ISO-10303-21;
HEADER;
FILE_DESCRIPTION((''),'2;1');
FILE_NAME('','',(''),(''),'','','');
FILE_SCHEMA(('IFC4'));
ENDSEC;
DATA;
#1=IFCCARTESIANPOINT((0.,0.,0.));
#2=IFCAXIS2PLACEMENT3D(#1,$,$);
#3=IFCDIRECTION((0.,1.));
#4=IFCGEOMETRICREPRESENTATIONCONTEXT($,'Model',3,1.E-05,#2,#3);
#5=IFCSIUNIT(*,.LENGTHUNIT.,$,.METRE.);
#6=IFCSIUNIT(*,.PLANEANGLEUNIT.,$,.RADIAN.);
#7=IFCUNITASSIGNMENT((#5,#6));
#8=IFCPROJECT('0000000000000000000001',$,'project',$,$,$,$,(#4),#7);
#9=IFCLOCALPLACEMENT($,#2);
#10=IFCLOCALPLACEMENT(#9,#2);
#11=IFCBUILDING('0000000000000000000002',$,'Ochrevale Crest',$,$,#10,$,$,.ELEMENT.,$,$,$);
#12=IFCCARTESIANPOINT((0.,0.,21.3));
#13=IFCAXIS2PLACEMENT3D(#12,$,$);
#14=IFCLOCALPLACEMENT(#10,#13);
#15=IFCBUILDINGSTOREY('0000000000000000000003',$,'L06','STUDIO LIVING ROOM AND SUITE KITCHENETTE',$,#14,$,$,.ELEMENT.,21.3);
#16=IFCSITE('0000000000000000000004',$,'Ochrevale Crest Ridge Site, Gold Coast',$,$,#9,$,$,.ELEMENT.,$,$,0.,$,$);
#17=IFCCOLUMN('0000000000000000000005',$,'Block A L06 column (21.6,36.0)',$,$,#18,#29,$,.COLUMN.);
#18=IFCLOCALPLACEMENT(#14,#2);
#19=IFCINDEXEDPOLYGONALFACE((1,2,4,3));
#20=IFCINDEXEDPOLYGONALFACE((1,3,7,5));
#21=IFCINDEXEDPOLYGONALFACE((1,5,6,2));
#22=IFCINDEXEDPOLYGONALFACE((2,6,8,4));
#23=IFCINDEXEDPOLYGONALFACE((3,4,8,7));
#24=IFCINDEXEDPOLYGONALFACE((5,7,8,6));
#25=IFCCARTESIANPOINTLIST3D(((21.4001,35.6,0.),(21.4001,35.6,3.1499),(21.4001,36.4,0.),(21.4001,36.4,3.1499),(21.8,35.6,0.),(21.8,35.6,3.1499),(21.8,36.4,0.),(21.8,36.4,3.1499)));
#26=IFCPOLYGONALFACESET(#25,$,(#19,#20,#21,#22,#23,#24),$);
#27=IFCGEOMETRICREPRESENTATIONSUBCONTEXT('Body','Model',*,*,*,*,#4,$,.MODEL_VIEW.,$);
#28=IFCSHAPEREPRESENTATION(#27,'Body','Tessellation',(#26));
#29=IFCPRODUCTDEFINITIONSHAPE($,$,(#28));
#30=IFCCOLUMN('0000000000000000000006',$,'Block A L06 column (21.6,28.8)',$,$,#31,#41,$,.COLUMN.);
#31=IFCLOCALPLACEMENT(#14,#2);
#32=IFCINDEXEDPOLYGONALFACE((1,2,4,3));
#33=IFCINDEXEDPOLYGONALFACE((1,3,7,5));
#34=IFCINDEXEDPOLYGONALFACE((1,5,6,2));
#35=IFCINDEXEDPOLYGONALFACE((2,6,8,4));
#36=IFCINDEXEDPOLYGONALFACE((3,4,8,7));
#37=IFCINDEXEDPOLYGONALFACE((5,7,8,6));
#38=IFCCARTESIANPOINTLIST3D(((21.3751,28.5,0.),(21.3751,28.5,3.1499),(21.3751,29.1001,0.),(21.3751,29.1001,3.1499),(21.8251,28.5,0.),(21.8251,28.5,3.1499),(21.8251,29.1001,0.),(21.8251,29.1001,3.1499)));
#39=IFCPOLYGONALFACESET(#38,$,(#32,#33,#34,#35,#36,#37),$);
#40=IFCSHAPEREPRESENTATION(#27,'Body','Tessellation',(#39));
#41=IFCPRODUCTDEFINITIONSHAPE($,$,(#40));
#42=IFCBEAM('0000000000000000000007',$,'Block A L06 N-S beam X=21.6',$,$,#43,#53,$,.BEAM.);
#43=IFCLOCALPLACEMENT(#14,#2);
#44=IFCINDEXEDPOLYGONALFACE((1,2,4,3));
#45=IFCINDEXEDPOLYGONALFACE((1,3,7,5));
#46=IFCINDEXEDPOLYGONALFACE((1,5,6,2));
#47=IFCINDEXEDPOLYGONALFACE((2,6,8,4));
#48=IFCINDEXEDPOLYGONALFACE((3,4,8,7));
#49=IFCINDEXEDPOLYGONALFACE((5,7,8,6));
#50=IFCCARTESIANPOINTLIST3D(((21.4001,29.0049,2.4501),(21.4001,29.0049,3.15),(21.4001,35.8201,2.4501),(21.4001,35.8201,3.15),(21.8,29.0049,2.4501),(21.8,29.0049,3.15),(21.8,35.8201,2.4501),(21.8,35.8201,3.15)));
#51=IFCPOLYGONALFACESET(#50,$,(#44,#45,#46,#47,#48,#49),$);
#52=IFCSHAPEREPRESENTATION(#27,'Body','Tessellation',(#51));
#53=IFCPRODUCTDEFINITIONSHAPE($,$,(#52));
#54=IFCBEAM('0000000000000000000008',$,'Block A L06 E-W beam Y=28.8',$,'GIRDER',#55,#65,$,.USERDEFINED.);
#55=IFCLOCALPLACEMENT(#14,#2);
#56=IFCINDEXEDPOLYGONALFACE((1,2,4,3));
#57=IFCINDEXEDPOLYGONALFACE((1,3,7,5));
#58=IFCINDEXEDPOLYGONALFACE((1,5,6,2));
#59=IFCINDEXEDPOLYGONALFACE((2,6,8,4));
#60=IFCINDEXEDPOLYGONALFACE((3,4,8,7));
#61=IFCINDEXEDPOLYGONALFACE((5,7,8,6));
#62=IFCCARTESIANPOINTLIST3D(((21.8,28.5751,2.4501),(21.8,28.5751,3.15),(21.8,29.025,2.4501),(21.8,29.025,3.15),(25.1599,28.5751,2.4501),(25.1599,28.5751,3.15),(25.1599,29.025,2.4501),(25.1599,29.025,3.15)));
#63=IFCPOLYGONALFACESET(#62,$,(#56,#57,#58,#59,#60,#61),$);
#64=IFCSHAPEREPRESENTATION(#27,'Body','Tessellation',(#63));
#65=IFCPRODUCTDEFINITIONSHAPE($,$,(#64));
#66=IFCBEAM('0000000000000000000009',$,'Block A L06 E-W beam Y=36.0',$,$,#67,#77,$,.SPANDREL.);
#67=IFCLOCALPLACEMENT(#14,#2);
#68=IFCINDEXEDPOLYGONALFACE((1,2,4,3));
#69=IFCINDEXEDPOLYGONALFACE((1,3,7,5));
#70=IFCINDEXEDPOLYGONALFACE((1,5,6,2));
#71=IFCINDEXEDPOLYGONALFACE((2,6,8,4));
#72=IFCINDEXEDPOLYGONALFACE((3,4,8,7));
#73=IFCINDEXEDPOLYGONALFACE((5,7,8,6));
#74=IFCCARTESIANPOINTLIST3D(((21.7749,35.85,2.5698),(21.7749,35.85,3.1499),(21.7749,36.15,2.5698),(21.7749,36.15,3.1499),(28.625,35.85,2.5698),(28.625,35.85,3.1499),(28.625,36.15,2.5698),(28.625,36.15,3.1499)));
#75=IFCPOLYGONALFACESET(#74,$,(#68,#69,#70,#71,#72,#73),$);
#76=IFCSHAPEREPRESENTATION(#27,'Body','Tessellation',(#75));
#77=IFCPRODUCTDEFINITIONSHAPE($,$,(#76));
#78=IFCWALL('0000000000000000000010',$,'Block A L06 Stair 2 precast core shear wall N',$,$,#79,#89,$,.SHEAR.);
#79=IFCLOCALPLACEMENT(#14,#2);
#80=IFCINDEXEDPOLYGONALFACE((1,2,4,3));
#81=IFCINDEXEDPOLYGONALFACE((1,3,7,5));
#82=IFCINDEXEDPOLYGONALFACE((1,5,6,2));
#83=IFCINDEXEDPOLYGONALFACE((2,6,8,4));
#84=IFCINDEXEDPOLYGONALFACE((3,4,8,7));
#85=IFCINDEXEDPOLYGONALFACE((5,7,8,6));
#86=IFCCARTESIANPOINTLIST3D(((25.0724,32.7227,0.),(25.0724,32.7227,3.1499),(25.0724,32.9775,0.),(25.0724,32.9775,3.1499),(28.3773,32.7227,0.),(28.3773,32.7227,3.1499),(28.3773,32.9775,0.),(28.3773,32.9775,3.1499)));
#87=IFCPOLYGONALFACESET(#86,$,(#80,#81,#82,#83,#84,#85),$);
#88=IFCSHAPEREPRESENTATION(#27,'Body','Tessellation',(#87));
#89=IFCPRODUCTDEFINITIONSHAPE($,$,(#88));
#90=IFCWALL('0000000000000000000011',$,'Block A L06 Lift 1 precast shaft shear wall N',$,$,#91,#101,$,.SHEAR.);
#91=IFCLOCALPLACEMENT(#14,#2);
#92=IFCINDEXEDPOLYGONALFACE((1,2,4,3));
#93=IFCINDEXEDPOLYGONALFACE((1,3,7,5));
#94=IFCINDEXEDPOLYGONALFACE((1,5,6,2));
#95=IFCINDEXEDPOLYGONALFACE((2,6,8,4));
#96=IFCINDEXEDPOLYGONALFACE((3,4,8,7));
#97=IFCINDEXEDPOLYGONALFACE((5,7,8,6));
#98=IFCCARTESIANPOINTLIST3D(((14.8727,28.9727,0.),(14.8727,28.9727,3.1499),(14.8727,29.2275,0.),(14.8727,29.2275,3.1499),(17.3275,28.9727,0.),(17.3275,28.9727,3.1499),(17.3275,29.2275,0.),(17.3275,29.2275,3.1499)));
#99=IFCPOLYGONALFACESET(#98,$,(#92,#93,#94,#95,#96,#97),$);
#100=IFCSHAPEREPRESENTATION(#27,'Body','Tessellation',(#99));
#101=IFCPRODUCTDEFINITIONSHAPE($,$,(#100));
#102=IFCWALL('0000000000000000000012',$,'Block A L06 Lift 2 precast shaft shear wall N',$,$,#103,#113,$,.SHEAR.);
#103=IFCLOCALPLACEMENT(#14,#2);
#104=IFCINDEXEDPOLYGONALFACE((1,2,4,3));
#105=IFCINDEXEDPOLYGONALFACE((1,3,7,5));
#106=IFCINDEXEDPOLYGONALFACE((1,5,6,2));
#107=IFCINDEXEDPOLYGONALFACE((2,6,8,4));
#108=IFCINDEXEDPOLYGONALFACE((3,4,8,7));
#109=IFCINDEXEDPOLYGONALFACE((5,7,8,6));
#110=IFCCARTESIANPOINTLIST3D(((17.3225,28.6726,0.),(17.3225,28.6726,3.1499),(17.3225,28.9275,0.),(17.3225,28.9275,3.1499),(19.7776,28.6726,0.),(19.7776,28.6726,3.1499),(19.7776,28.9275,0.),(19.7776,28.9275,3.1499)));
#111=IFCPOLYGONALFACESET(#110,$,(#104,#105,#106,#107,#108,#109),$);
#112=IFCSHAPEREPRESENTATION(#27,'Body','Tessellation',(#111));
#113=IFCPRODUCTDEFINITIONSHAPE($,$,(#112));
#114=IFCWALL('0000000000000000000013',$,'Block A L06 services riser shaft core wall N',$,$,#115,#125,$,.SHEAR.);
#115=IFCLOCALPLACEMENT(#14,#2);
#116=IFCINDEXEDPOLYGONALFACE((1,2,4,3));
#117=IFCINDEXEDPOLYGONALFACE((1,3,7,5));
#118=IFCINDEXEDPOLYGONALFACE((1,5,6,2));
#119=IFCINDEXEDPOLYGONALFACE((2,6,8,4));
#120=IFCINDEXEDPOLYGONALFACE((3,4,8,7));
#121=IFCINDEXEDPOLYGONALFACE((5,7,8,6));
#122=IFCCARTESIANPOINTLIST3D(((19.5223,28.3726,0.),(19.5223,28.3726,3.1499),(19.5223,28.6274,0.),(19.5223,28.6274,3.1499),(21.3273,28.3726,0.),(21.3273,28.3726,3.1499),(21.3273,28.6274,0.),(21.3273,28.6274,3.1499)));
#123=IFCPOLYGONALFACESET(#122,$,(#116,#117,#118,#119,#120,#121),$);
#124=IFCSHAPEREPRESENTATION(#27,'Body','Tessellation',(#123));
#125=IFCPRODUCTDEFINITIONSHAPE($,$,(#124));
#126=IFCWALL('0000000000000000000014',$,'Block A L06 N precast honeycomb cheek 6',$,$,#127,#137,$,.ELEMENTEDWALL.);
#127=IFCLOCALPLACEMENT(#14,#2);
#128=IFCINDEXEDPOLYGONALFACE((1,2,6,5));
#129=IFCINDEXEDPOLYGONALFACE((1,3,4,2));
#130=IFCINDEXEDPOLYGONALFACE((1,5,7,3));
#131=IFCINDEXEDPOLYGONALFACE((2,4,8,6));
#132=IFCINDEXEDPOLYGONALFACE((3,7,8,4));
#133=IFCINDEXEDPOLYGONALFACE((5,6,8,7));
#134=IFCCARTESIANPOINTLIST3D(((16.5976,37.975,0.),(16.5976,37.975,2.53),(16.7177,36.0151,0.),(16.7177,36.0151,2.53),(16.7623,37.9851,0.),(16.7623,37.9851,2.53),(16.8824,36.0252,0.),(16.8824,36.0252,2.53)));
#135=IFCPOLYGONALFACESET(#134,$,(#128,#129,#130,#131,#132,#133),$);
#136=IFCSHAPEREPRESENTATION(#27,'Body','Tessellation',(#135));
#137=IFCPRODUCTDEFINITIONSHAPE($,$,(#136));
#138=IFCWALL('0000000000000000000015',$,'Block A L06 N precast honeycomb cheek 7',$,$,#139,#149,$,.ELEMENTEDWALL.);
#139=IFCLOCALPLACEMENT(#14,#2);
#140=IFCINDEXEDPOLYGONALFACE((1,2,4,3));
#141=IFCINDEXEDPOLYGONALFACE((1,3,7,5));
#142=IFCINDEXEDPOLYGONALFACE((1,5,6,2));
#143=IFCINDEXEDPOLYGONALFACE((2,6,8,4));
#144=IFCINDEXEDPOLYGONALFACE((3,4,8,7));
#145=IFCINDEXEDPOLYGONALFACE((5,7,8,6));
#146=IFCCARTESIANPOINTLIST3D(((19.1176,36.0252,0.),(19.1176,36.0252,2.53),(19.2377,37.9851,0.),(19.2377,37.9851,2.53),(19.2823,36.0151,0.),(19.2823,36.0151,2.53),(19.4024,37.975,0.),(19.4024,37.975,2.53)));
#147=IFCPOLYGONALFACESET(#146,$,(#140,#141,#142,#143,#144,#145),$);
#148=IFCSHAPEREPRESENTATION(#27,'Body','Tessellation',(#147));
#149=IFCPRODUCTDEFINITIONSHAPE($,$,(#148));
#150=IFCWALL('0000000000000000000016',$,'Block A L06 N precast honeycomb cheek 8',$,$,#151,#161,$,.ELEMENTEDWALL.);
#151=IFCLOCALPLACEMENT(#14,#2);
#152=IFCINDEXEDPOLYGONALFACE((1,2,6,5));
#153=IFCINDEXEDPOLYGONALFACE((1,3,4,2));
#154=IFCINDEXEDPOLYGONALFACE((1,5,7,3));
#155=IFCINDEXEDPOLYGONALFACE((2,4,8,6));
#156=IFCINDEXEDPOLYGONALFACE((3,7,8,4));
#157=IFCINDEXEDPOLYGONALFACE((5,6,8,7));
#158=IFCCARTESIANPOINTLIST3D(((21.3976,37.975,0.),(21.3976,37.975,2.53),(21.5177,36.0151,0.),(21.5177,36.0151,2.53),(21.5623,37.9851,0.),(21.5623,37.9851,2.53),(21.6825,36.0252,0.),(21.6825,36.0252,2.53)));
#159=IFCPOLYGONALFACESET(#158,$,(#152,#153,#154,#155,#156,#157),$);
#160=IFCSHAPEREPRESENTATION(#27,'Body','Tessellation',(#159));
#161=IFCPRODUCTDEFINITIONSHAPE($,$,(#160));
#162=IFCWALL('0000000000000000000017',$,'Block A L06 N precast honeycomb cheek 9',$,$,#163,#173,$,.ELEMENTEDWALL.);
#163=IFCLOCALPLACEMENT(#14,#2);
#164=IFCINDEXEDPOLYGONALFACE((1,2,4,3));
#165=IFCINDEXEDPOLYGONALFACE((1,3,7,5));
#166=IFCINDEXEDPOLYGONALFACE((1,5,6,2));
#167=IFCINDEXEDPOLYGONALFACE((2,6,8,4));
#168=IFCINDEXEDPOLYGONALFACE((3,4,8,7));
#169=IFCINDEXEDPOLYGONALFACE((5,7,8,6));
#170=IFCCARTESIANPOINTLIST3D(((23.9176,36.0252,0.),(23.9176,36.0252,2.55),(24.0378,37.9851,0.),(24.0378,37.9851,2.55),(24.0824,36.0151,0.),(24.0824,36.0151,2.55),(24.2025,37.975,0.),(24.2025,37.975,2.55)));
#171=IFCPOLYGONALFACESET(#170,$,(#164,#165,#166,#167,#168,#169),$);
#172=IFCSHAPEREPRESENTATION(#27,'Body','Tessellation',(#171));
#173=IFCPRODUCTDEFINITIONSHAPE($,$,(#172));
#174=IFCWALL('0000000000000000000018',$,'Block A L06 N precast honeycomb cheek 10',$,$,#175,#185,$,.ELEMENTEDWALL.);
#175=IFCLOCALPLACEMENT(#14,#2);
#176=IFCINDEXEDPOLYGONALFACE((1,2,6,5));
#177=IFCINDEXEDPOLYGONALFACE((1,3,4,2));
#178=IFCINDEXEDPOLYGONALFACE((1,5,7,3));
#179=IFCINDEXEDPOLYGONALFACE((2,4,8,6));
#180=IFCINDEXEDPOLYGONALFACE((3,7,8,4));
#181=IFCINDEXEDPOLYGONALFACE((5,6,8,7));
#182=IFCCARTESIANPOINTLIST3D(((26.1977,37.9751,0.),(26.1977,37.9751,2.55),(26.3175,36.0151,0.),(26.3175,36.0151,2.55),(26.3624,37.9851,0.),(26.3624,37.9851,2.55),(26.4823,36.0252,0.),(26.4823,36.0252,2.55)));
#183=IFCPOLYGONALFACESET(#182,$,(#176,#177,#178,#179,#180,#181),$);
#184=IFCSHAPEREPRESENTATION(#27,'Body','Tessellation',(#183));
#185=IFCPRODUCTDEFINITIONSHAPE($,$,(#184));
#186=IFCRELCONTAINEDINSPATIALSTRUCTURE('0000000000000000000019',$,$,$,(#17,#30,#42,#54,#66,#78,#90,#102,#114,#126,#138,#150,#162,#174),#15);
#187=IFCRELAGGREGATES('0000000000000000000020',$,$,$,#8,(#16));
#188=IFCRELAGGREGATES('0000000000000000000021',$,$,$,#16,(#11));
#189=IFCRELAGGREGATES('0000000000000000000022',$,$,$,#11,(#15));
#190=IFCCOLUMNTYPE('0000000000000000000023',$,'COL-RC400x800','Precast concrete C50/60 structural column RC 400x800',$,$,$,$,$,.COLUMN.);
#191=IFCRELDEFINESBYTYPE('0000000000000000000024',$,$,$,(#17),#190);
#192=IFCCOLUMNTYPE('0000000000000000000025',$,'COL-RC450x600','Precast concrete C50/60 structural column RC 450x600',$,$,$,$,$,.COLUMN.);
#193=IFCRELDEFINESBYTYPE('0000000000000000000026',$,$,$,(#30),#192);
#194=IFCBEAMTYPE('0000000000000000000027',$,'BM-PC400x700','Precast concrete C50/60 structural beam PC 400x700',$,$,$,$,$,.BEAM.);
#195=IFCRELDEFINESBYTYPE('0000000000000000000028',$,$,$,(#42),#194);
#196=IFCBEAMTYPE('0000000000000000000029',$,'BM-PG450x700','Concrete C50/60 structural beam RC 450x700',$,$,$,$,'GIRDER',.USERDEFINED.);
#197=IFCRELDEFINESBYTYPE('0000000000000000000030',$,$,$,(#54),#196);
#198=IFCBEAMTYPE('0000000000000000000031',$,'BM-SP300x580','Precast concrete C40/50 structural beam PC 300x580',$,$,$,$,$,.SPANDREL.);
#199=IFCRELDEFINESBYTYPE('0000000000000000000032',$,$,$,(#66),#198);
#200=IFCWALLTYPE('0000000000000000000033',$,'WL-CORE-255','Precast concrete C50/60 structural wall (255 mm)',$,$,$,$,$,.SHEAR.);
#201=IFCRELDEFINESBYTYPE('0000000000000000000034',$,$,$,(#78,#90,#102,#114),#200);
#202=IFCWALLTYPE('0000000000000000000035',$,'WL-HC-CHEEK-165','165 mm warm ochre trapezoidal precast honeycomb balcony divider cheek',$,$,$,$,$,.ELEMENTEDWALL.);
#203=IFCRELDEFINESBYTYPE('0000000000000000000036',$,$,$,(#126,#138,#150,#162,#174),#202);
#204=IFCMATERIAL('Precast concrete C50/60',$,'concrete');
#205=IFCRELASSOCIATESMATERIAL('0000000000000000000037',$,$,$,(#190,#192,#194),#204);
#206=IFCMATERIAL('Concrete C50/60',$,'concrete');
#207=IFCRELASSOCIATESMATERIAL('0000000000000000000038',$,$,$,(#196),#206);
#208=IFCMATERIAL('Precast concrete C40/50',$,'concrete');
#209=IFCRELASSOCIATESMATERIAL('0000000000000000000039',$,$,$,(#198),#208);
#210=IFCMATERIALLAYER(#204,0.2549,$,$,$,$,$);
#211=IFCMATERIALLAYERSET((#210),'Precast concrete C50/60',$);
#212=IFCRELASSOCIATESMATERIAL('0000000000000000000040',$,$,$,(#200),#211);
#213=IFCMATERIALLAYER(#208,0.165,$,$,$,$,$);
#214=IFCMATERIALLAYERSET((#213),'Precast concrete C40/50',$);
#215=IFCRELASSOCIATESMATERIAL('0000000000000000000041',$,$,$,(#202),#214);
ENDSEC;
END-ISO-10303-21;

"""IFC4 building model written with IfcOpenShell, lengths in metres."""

from ifc_helpers import new_model, si_unit, direction, frame, frame_2d, origin, origin_2d, place, context, subcontext, project, spatial, rectangle, extrude, material, layer, layer_set, material_profile, profile_set, type_object, element, save


model = new_model("IFC4")

# Units and contexts
model_context = context("Model", 3, precision=1e-05, world=origin(), true_north=direction((0.0, 1.0)))
body_context = subcontext(model_context, "Body", "Model", "MODEL_VIEW")
ifc_project = project(units=[si_unit("LENGTHUNIT", "METRE"), si_unit("PLANEANGLEUNIT", "RADIAN")], contexts=[model_context])

# Site, building, storey
site_placement = place(None, origin())
site = spatial("IfcSite", under=ifc_project, at=site_placement, Name="Ochrevale Crest Ridge Site, Gold Coast", CompositionType="ELEMENT", RefElevation=0.0)
building_placement = place(site_placement, origin())
building = spatial("IfcBuilding", under=site, at=building_placement, Name="Ochrevale Crest", CompositionType="ELEMENT")
storey_placement = place(building_placement, frame((0.0, 0.0, 21.3)))
storey = spatial("IfcBuildingStorey", under=building, at=storey_placement, Name="L06", Description="STUDIO LIVING ROOM AND SUITE KITCHENETTE", CompositionType="ELEMENT", Elevation=21.3)

# Columns
ifc_material_1 = material(Name="Precast concrete C50/60", Category="concrete")
ifc_material_profile_1 = material_profile(ifc_material_1, rectangle(XDim=0.3999, YDim=0.8, at=origin_2d()), Name="RC 400x800")
ifc_profile_set_1 = profile_set([ifc_material_profile_1], Name="Precast concrete C50/60")
column_type_1 = type_object("IfcColumnType", Name="COL-RC400x800", Description="Precast concrete C50/60 structural column RC 400x800", PredefinedType="COLUMN", material=ifc_profile_set_1)
column_1_placement = place(storey_placement, frame((21.6001, 36.0, 0.0), z_axis=(0.0, 0.0, 1.0), x_axis=(1.0, 0.0, 0.0)))
element("IfcColumn", 1, at=column_1_placement, inside=storey, type_object=column_type_1, Name="Block A L06 column (21.6,36.0)", PredefinedType="COLUMN", context=body_context, shape_type="SweptSolid", body=[
    extrude(rectangle(XDim=0.3999, YDim=0.8, at=origin_2d()), origin(), (0.0, 0.0, 1.0), 3.1499),
])
ifc_material_profile_2 = material_profile(ifc_material_1, rectangle(XDim=0.45, YDim=0.6001, at=origin_2d()), Name="RC 450x600")
ifc_profile_set_2 = profile_set([ifc_material_profile_2], Name="Precast concrete C50/60")
column_type_2 = type_object("IfcColumnType", Name="COL-RC450x600", Description="Precast concrete C50/60 structural column RC 450x600", PredefinedType="COLUMN", material=ifc_profile_set_2)
column_2_placement = place(storey_placement, frame((21.6001, 28.8, 0.0), z_axis=(0.0, 0.0, 1.0), x_axis=(1.0, 0.0, 0.0)))
element("IfcColumn", 2, at=column_2_placement, inside=storey, type_object=column_type_2, Name="Block A L06 column (21.6,28.8)", PredefinedType="COLUMN", context=body_context, shape_type="SweptSolid", body=[
    extrude(rectangle(XDim=0.45, YDim=0.6001, at=origin_2d()), origin(), (0.0, 0.0, 1.0), 3.1499),
])

# Beams
ifc_material_profile_3 = material_profile(ifc_material_1, rectangle(XDim=0.3999, YDim=0.7, at=origin_2d()), Name="PC 400x700")
ifc_profile_set_3 = profile_set([ifc_material_profile_3], Name="Precast concrete C50/60")
beam_type_1 = type_object("IfcBeamType", Name="BM-PC400x700", Description="Precast concrete C50/60 structural beam PC 400x700", PredefinedType="BEAM", material=ifc_profile_set_3)
beam_1_placement = place(storey_placement, frame((21.6001, 29.0049, 2.8), z_axis=(0.0, 1.0, 0.0), x_axis=(-1.0, 0.0, 0.0)))
element("IfcBeam", 3, at=beam_1_placement, inside=storey, type_object=beam_type_1, Name="Block A L06 N-S beam X=21.6", PredefinedType="BEAM", context=body_context, shape_type="SweptSolid", body=[
    extrude(rectangle(XDim=0.3999, YDim=0.7, at=origin_2d()), origin(), (0.0, 0.0, 1.0), 6.8152),
])
ifc_material_2 = material(Name="Concrete C50/60", Category="concrete")
ifc_material_profile_4 = material_profile(ifc_material_2, rectangle(XDim=0.45, YDim=0.7, at=origin_2d()), Name="RC 450x700")
ifc_profile_set_4 = profile_set([ifc_material_profile_4], Name="Concrete C50/60")
beam_type_2 = type_object("IfcBeamType", Name="BM-PG450x700", Description="Concrete C50/60 structural beam RC 450x700", ElementType="GIRDER", PredefinedType="USERDEFINED", material=ifc_profile_set_4)
beam_2_placement = place(storey_placement, frame((21.8, 28.8, 2.8), z_axis=(1.0, 0.0, 0.0), x_axis=(0.0, 1.0, 0.0)))
element("IfcBeam", 4, at=beam_2_placement, inside=storey, type_object=beam_type_2, Name="Block A L06 E-W beam Y=28.8", ObjectType="GIRDER", PredefinedType="USERDEFINED", context=body_context, shape_type="SweptSolid", body=[
    extrude(rectangle(XDim=0.45, YDim=0.7, at=origin_2d()), origin(), (0.0, 0.0, 1.0), 3.3599),
])
ifc_material_3 = material(Name="Precast concrete C40/50", Category="concrete")
ifc_material_profile_5 = material_profile(ifc_material_3, rectangle(XDim=0.3, YDim=0.5801, at=origin_2d()), Name="PC 300x580")
ifc_profile_set_5 = profile_set([ifc_material_profile_5], Name="Precast concrete C40/50")
beam_type_3 = type_object("IfcBeamType", Name="BM-SP300x580", Description="Precast concrete C40/50 structural beam PC 300x580", PredefinedType="SPANDREL", material=ifc_profile_set_5)
beam_3_placement = place(storey_placement, frame((21.7749, 36.0, 2.8599), z_axis=(1.0, 0.0, 0.0), x_axis=(0.0, 1.0, 0.0)))
element("IfcBeam", 5, at=beam_3_placement, inside=storey, type_object=beam_type_3, Name="Block A L06 E-W beam Y=36.0", PredefinedType="SPANDREL", context=body_context, shape_type="SweptSolid", body=[
    extrude(rectangle(XDim=0.3, YDim=0.5801, at=origin_2d()), origin(), (0.0, 0.0, 1.0), 6.8501),
])

# Walls
ifc_layer_1 = layer(ifc_material_1, 0.2549)
ifc_layer_set_1 = layer_set([ifc_layer_1], Name="Precast concrete C50/60")
wall_type_1 = type_object("IfcWallType", Name="WL-CORE-255", Description="Precast concrete C50/60 structural wall (255 mm)", PredefinedType="SHEAR", material=ifc_layer_set_1)
wall_1_placement = place(storey_placement, frame((25.0725, 32.8501, 0.0), z_axis=(0.0, 0.0, 1.0), x_axis=(1.0, 0.0, 0.0)))
element("IfcWall", 6, at=wall_1_placement, inside=storey, type_object=wall_type_1, Name="Block A L06 Stair 2 precast core shear wall N", PredefinedType="SHEAR", context=body_context, shape_type="SweptSolid", body=[
    extrude(rectangle(XDim=3.3049, YDim=0.2549, at=frame_2d((1.6523, 0.0))), origin(), (0.0, 0.0, 1.0), 3.1499),
])
wall_2_placement = place(storey_placement, frame((14.8726, 29.1001, 0.0), z_axis=(0.0, 0.0, 1.0), x_axis=(1.0, 0.0, 0.0)))
element("IfcWall", 7, at=wall_2_placement, inside=storey, type_object=wall_type_1, Name="Block A L06 Lift 1 precast shaft shear wall N", PredefinedType="SHEAR", context=body_context, shape_type="SweptSolid", body=[
    extrude(rectangle(XDim=2.4548, YDim=0.2549, at=frame_2d((1.2275, 0.0))), origin(), (0.0, 0.0, 1.0), 3.1499),
])
wall_3_placement = place(storey_placement, frame((17.3225, 28.8, 0.0), z_axis=(0.0, 0.0, 1.0), x_axis=(1.0, 0.0, 0.0)))
element("IfcWall", 8, at=wall_3_placement, inside=storey, type_object=wall_type_1, Name="Block A L06 Lift 2 precast shaft shear wall N", PredefinedType="SHEAR", context=body_context, shape_type="SweptSolid", body=[
    extrude(rectangle(XDim=2.4551, YDim=0.2549, at=frame_2d((1.2275, 0.0))), origin(), (0.0, 0.0, 1.0), 3.1499),
])
wall_4_placement = place(storey_placement, frame((19.5225, 28.5, 0.0), z_axis=(0.0, 0.0, 1.0), x_axis=(1.0, 0.0, 0.0)))
element("IfcWall", 9, at=wall_4_placement, inside=storey, type_object=wall_type_1, Name="Block A L06 services riser shaft core wall N", PredefinedType="SHEAR", context=body_context, shape_type="SweptSolid", body=[
    extrude(rectangle(XDim=1.8049, YDim=0.2549, at=frame_2d((0.9023, 0.0))), origin(), (0.0, 0.0, 1.0), 3.1499),
])
ifc_layer_2 = layer(ifc_material_3, 0.165)
ifc_layer_set_2 = layer_set([ifc_layer_2], Name="Precast concrete C40/50")
wall_type_2 = type_object("IfcWallType", Name="WL-HC-CHEEK-165", Description="165 mm warm ochre trapezoidal precast honeycomb balcony divider cheek", PredefinedType="ELEMENTEDWALL", material=ifc_layer_set_2)
for number, where, z_axis, x_axis, name in (
    (10, (16.8, 36.02, 0.0), (0.0, 0.0, 1.0), (-0.061171, 0.998127, 0.0), "Block A L06 N precast honeycomb cheek 6"),
    (11, (19.2, 36.02, 0.0), (0.0, 0.0, 1.0), (0.061171, 0.998127, 0.0), "Block A L06 N precast honeycomb cheek 7"),
    (12, (21.6001, 36.02, 0.0), (0.0, 0.0, 1.0), (-0.061171, 0.998127, 0.0), "Block A L06 N precast honeycomb cheek 8"),
):
    element("IfcWall", number, at=place(storey_placement, frame(where, z_axis=z_axis, x_axis=x_axis)), inside=storey, type_object=wall_type_2, Name=name, PredefinedType="ELEMENTEDWALL", context=body_context, shape_type="SweptSolid", body=[
        extrude(rectangle(XDim=1.9636, YDim=0.165, at=frame_2d((0.9819, 0.0))), origin(), (0.0, 0.0, 1.0), 2.53),
    ])
for number, where, z_axis, x_axis, name in (
    (13, (24.0, 36.02, 0.0), (0.0, 0.0, 1.0), (0.061171, 0.998127, 0.0), "Block A L06 N precast honeycomb cheek 9"),
    (14, (26.3999, 36.02, 0.0), (0.0, 0.0, 1.0), (-0.061047, 0.998135, 0.0), "Block A L06 N precast honeycomb cheek 10"),
):
    element("IfcWall", number, at=place(storey_placement, frame(where, z_axis=z_axis, x_axis=x_axis)), inside=storey, type_object=wall_type_2, Name=name, PredefinedType="ELEMENTEDWALL", context=body_context, shape_type="SweptSolid", body=[
        extrude(rectangle(XDim=1.9636, YDim=0.165, at=frame_2d((0.9819, 0.0))), origin(), (0.0, 0.0, 1.0), 2.55),
    ])

save(model, "model.ifc")
